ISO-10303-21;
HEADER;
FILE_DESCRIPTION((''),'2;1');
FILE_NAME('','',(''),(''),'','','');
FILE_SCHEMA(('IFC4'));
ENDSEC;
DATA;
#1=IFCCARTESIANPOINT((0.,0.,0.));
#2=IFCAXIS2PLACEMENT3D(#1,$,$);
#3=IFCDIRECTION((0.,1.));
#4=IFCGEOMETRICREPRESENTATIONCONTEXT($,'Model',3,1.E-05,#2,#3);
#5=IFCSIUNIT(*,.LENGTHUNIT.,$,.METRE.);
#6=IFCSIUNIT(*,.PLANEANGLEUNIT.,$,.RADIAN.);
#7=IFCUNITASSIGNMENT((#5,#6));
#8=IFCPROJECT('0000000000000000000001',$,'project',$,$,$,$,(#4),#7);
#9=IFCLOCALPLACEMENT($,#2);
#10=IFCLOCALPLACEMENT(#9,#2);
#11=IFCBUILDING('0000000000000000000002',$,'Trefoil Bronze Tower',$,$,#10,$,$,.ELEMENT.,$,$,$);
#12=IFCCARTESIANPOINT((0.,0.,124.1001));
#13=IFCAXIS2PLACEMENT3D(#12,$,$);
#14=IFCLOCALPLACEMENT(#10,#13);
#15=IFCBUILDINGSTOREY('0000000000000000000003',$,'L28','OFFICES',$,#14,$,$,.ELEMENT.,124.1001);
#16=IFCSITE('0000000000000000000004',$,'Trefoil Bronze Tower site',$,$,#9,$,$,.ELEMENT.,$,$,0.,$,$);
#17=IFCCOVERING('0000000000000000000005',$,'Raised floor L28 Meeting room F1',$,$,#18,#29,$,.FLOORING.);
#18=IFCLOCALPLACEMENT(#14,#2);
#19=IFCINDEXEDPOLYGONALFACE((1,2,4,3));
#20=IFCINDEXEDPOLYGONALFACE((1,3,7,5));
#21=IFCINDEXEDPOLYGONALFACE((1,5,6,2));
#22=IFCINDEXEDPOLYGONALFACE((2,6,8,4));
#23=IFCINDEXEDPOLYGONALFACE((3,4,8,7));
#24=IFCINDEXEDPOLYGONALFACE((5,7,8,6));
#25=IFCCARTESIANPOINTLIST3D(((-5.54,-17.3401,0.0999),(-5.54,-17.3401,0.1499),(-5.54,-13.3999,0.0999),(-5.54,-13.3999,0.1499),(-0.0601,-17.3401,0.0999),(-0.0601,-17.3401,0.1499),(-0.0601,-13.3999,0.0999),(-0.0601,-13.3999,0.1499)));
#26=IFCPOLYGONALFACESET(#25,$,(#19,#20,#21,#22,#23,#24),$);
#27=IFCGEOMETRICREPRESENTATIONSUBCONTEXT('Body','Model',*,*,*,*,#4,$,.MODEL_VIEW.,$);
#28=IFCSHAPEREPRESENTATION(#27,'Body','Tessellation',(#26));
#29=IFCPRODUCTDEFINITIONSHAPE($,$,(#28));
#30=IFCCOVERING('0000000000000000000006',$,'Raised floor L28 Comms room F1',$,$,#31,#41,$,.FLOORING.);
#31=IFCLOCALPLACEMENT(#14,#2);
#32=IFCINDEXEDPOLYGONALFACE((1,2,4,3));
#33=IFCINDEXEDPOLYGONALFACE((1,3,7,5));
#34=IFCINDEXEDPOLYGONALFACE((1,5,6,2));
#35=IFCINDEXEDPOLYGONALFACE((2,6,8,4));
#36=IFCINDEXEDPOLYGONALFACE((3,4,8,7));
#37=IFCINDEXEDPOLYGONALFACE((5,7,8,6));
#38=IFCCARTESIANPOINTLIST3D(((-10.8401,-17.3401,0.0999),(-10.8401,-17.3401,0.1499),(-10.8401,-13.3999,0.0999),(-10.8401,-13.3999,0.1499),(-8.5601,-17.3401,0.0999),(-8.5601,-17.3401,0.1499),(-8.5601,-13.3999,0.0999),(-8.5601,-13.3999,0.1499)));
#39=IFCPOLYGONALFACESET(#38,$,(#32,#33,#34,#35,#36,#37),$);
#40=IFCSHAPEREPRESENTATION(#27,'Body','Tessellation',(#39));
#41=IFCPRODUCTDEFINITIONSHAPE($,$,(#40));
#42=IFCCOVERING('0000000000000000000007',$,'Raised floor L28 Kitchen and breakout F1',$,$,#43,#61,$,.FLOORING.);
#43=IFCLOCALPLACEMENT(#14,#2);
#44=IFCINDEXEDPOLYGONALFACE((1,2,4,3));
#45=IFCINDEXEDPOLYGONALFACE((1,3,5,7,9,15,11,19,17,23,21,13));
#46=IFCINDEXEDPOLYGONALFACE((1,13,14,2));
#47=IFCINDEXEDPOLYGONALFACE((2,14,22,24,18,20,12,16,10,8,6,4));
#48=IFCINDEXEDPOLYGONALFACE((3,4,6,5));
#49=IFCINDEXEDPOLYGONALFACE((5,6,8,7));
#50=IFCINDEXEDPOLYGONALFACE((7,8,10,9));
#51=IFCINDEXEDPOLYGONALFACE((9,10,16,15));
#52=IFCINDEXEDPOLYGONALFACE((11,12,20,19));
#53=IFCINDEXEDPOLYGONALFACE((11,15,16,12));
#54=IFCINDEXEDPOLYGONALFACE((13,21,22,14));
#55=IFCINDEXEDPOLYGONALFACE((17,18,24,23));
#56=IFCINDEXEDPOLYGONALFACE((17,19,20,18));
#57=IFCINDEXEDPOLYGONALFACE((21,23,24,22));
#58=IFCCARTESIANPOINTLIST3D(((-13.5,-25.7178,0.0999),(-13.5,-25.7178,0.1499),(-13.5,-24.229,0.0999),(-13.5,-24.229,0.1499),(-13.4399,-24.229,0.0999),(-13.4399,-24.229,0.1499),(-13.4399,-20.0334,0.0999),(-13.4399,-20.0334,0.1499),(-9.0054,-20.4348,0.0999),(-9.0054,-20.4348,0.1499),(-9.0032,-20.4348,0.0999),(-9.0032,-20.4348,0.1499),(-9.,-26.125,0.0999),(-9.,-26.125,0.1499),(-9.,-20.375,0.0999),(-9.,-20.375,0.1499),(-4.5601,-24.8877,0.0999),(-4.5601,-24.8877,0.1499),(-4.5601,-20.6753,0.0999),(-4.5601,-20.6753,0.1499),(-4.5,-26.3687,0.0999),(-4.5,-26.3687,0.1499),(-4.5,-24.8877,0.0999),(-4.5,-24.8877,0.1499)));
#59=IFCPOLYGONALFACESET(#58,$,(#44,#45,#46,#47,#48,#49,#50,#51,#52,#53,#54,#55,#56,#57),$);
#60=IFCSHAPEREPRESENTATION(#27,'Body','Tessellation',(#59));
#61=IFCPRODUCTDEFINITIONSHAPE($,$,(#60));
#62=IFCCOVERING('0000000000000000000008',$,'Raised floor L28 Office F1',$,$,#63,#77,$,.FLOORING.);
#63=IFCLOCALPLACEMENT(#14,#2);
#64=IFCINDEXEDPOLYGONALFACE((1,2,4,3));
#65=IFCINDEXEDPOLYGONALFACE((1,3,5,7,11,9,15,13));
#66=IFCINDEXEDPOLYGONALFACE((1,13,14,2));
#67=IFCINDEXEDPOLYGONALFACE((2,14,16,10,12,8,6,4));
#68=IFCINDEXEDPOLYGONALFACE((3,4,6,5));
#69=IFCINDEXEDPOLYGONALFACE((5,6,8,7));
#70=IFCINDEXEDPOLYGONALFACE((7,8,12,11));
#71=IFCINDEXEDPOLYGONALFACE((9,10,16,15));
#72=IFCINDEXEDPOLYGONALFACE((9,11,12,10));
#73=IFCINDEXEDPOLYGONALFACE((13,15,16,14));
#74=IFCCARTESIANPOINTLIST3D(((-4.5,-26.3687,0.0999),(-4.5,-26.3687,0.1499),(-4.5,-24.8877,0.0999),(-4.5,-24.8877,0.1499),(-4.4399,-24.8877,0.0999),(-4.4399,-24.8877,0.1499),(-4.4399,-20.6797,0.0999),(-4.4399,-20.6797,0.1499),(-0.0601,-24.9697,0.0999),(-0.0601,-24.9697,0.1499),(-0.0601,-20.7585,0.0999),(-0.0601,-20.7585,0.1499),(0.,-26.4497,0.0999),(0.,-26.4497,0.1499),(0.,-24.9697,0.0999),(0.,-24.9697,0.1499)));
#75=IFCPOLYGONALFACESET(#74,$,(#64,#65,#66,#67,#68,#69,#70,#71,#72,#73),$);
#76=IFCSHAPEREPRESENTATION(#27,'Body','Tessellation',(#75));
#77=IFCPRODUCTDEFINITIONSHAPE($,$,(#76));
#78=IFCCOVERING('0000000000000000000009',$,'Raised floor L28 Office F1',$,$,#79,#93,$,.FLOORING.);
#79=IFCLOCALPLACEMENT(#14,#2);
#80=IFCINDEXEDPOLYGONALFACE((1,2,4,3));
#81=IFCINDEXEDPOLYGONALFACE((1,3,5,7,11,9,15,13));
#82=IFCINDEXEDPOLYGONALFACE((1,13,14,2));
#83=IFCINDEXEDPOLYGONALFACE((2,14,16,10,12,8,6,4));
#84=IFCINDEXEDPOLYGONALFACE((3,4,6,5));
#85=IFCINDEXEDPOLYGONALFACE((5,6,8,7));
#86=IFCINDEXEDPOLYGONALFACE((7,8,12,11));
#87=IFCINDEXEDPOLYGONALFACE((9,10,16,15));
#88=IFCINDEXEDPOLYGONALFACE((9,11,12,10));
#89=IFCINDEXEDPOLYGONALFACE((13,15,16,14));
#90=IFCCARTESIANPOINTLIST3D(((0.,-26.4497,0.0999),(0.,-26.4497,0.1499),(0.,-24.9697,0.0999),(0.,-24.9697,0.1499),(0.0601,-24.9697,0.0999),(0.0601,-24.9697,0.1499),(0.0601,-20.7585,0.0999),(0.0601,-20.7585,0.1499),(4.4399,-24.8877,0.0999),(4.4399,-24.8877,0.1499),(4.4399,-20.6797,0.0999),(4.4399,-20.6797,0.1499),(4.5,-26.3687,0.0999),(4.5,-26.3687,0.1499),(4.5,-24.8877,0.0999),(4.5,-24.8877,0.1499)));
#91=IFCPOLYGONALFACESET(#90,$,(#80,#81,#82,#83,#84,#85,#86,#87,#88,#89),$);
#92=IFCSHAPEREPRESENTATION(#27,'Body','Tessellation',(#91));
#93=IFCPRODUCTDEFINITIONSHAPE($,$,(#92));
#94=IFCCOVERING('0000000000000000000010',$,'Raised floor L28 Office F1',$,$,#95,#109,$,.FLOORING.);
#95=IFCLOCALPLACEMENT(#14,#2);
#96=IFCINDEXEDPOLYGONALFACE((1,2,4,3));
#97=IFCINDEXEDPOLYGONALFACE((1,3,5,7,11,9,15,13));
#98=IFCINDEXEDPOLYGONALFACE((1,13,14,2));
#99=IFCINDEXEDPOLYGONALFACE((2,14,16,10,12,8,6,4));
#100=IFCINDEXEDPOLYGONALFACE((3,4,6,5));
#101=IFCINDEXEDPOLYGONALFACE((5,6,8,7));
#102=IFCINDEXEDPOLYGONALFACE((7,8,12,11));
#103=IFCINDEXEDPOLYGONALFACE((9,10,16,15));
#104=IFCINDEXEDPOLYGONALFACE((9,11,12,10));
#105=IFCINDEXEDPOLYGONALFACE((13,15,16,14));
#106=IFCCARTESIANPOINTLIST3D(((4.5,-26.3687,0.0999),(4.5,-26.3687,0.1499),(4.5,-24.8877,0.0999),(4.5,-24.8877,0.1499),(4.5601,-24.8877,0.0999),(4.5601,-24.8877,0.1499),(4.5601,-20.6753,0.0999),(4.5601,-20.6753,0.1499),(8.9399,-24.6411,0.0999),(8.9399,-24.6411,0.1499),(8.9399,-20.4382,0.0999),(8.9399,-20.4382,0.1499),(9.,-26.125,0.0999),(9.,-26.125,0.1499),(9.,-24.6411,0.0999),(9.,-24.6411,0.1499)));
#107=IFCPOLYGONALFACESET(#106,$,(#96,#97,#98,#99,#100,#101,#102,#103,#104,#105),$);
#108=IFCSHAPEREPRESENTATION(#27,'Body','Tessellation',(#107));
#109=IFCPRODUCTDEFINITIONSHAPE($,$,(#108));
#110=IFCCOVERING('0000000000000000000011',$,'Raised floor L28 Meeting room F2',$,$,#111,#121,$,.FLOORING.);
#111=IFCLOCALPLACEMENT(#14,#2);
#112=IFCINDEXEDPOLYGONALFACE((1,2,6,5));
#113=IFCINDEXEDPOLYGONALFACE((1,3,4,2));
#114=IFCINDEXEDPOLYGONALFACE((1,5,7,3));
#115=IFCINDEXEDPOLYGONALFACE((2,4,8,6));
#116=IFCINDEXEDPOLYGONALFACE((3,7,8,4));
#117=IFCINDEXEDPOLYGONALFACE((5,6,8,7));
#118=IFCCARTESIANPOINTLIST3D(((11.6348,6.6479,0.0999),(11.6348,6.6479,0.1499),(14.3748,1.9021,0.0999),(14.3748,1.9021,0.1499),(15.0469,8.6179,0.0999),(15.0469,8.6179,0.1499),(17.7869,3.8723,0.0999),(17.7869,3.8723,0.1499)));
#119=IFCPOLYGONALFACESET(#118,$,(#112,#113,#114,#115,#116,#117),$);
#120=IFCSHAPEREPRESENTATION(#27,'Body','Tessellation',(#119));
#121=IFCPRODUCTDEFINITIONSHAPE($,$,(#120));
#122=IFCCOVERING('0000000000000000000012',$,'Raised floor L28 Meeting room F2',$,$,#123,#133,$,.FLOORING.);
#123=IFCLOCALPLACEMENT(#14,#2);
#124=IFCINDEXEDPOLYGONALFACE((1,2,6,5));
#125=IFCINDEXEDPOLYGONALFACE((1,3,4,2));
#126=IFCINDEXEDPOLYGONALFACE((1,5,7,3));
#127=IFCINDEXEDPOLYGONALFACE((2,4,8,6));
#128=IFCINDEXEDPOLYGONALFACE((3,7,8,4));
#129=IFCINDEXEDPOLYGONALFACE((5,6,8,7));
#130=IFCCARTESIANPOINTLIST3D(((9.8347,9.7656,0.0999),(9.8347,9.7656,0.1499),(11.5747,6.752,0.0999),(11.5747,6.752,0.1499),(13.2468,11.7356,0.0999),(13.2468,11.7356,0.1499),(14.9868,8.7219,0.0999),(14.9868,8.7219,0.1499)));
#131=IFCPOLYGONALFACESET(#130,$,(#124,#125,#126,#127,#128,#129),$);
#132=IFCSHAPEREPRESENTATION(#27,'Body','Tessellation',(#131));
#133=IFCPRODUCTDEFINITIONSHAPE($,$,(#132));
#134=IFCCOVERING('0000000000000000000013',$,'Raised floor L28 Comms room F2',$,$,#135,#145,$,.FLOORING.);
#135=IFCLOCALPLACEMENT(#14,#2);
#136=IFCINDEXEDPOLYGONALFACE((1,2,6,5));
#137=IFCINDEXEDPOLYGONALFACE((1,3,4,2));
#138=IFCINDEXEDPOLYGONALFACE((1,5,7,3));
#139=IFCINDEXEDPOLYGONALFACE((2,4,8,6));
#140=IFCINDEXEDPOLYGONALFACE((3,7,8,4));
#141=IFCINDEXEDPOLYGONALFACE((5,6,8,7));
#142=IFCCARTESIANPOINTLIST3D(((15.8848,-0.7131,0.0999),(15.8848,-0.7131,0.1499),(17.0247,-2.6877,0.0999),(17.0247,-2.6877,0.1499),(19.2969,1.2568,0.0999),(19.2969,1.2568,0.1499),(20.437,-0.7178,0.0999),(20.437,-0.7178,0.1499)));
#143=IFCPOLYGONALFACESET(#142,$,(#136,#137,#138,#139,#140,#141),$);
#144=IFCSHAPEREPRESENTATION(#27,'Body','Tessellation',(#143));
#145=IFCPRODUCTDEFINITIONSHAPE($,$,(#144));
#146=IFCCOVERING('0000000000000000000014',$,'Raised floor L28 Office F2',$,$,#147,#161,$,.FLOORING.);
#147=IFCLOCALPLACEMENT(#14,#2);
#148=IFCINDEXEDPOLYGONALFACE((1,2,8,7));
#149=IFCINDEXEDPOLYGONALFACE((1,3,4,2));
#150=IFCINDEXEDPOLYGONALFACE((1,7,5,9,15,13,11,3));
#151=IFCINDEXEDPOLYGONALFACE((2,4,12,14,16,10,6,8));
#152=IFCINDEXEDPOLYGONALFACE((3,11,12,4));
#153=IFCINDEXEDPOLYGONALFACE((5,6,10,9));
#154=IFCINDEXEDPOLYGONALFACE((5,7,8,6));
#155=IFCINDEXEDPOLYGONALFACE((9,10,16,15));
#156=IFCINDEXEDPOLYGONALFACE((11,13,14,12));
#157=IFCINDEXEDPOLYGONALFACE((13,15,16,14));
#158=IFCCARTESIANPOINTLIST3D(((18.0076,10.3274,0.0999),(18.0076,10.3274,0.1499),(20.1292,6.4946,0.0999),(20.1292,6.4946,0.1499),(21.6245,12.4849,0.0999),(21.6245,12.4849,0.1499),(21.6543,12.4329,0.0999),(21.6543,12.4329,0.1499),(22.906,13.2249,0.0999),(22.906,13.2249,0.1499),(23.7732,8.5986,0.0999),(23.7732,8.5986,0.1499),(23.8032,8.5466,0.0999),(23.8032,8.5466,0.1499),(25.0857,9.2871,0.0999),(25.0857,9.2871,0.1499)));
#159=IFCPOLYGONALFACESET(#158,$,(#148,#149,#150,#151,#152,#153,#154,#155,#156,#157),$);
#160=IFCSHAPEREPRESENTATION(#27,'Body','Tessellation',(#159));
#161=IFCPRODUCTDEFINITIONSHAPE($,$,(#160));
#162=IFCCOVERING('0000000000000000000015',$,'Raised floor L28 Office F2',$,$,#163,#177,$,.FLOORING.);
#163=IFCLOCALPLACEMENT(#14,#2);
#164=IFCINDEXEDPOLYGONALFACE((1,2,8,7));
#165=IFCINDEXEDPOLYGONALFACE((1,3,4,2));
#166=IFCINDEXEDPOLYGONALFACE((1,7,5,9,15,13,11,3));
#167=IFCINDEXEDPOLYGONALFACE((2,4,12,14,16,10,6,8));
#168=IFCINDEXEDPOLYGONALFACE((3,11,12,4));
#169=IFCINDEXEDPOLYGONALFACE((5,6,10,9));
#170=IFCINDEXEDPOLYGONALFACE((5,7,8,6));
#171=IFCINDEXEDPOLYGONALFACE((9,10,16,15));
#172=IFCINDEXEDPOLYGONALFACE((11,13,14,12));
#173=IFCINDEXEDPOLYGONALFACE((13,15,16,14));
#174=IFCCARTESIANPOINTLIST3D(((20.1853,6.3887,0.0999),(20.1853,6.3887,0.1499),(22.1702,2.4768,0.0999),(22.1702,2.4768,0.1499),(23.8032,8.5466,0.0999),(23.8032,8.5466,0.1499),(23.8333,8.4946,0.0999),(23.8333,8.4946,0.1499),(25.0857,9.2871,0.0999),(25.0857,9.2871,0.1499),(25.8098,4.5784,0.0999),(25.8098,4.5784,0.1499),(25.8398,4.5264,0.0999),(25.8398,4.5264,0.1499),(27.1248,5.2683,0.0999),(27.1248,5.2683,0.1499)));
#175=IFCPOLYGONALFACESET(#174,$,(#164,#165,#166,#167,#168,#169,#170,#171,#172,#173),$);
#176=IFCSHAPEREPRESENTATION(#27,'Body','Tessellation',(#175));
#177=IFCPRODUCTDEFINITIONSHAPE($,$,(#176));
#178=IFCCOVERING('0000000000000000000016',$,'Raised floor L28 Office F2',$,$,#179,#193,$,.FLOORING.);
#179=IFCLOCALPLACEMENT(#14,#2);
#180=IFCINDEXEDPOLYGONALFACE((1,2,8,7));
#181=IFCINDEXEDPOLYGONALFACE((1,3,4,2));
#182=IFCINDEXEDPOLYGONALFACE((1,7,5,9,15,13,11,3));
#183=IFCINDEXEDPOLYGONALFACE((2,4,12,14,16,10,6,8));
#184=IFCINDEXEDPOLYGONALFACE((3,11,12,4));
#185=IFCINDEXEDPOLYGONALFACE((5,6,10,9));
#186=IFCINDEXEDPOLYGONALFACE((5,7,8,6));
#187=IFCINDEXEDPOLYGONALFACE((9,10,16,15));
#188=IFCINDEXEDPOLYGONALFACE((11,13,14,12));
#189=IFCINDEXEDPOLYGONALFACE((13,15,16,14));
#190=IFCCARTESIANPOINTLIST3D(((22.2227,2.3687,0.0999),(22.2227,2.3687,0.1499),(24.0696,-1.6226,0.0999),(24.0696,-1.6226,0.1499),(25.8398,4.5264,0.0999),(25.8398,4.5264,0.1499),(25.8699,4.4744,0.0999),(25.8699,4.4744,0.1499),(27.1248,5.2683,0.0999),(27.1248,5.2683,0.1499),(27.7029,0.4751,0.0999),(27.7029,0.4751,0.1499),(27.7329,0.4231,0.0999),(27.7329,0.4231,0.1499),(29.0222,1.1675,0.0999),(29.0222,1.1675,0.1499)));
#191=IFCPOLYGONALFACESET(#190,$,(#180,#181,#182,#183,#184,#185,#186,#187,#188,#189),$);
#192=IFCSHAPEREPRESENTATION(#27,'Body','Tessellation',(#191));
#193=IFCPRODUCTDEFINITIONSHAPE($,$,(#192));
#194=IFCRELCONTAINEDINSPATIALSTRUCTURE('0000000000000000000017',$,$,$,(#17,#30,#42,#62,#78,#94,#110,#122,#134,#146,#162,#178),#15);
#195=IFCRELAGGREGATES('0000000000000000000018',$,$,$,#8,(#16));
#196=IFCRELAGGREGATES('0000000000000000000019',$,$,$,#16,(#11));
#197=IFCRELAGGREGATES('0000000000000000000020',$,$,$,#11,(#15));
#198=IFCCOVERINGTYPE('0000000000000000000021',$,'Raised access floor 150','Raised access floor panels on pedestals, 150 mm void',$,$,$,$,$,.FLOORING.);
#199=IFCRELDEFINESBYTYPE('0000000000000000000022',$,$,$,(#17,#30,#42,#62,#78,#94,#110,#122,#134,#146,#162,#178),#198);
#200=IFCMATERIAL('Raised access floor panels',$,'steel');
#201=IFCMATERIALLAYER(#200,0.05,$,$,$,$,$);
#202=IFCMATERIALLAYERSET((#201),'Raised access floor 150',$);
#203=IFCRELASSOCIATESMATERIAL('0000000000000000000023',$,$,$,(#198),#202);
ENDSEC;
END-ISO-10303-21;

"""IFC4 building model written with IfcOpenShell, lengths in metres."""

from ifc_helpers import new_model, si_unit, direction, frame, origin, place, context, subcontext, project, spatial, polyline, outline, extrude, material, layer, layer_set, type_object, element, save


model = new_model("IFC4")

# Units and contexts
model_context = context("Model", 3, precision=1e-05, world=origin(), true_north=direction((0.0, 1.0)))
body_context = subcontext(model_context, "Body", "Model", "MODEL_VIEW")
ifc_project = project(units=[si_unit("LENGTHUNIT", "METRE"), si_unit("PLANEANGLEUNIT", "RADIAN")], contexts=[model_context])

# Site, building, storey
site_placement = place(None, origin())
site = spatial("IfcSite", under=ifc_project, at=site_placement, Name="Trefoil Bronze Tower site", CompositionType="ELEMENT", RefElevation=0.0)
building_placement = place(site_placement, origin())
building = spatial("IfcBuilding", under=site, at=building_placement, Name="Trefoil Bronze Tower", CompositionType="ELEMENT")
storey_placement = place(building_placement, frame((0.0, 0.0, 124.1001)))
storey = spatial("IfcBuildingStorey", under=building, at=storey_placement, Name="L28", Description="OFFICES", CompositionType="ELEMENT", Elevation=124.1001)

# Coverings
ifc_material_1 = material(Name="Raised access floor panels", Category="steel")
ifc_layer_1 = layer(ifc_material_1, 0.05)
ifc_layer_set_1 = layer_set([ifc_layer_1], Name="Raised access floor 150")
covering_type_1 = type_object("IfcCoveringType", Name="Raised access floor 150", Description="Raised access floor panels on pedestals, 150 mm void", PredefinedType="FLOORING", material=ifc_layer_set_1)
covering_1_placement = place(storey_placement, frame((0.0, 0.0, 0.0999)))
element("IfcCovering", 1, at=covering_1_placement, inside=storey, type_object=covering_type_1, Name="Raised floor L28 Meeting room F1", PredefinedType="FLOORING", context=body_context, shape_type="SweptSolid", body=[
    extrude(outline(polyline([(-0.0601, -13.3999), (-0.0601, -17.3401), (-5.54, -17.3401), (-5.54, -13.3999), (-0.0601, -13.3999)])), origin(), (0.0, 0.0, 1.0), 0.05),
])
covering_2_placement = place(storey_placement, frame((0.0, 0.0, 0.0999)))
element("IfcCovering", 2, at=covering_2_placement, inside=storey, type_object=covering_type_1, Name="Raised floor L28 Comms room F1", PredefinedType="FLOORING", context=body_context, shape_type="SweptSolid", body=[
    extrude(outline(polyline([(-8.5601, -13.3999), (-8.5601, -17.3401), (-10.8401, -17.3401), (-10.8401, -13.3999), (-8.5601, -13.3999)])), origin(), (0.0, 0.0, 1.0), 0.05),
])
covering_3_placement = place(storey_placement, frame((0.0, 0.0, 0.0999)))
element("IfcCovering", 3, at=covering_3_placement, inside=storey, type_object=covering_type_1, Name="Raised floor L28 Kitchen and breakout F1", PredefinedType="FLOORING", context=body_context, shape_type="SweptSolid", body=[
    extrude(outline(polyline([(-9.0, -26.125), (-13.5, -25.7178), (-13.5, -24.229), (-13.4399, -24.229), (-13.4399, -20.0334), (-9.0054, -20.4348), (-9.0, -20.375), (-9.0032, -20.4348), (-4.5601, -20.6753), (-4.5601, -24.8877), (-4.5, -24.8877), (-4.5, -26.3687), (-9.0, -26.125)])), origin(), (0.0, 0.0, 1.0), 0.05),
])
covering_4_placement = place(storey_placement, frame((0.0, 0.0, 0.0999)))
element("IfcCovering", 4, at=covering_4_placement, inside=storey, type_object=covering_type_1, Name="Raised floor L28 Office F1", PredefinedType="FLOORING", context=body_context, shape_type="SweptSolid", body=[
    extrude(outline(polyline([(0.0, -26.4497), (-4.5, -26.3687), (-4.5, -24.8877), (-4.4399, -24.8877), (-4.4399, -20.6797), (-0.0601, -20.7585), (-0.0601, -24.9697), (0.0, -24.9697), (0.0, -26.4497)])), origin(), (0.0, 0.0, 1.0), 0.05),
])
covering_5_placement = place(storey_placement, frame((0.0, 0.0, 0.0999)))
element("IfcCovering", 5, at=covering_5_placement, inside=storey, type_object=covering_type_1, Name="Raised floor L28 Office F1", PredefinedType="FLOORING", context=body_context, shape_type="SweptSolid", body=[
    extrude(outline(polyline([(4.5, -26.3687), (0.0, -26.4497), (0.0, -24.9697), (0.0601, -24.9697), (0.0601, -20.7585), (4.4399, -20.6797), (4.4399, -24.8877), (4.5, -24.8877), (4.5, -26.3687)])), origin(), (0.0, 0.0, 1.0), 0.05),
])
covering_6_placement = place(storey_placement, frame((0.0, 0.0, 0.0999)))
element("IfcCovering", 6, at=covering_6_placement, inside=storey, type_object=covering_type_1, Name="Raised floor L28 Office F1", PredefinedType="FLOORING", context=body_context, shape_type="SweptSolid", body=[
    extrude(outline(polyline([(9.0, -26.125), (4.5, -26.3687), (4.5, -24.8877), (4.5601, -24.8877), (4.5601, -20.6753), (8.9399, -20.4382), (8.9399, -24.6411), (9.0, -24.6411), (9.0, -26.125)])), origin(), (0.0, 0.0, 1.0), 0.05),
])
covering_7_placement = place(storey_placement, frame((0.0, 0.0, 0.0999)))
element("IfcCovering", 7, at=covering_7_placement, inside=storey, type_object=covering_type_1, Name="Raised floor L28 Meeting room F2", PredefinedType="FLOORING", context=body_context, shape_type="SweptSolid", body=[
    extrude(outline(polyline([(11.6348, 6.6479), (15.0469, 8.6179), (17.7869, 3.8723), (14.3748, 1.9021), (11.6348, 6.6479)])), origin(), (0.0, 0.0, 1.0), 0.05),
])
covering_8_placement = place(storey_placement, frame((0.0, 0.0, 0.0999)))
element("IfcCovering", 8, at=covering_8_placement, inside=storey, type_object=covering_type_1, Name="Raised floor L28 Meeting room F2", PredefinedType="FLOORING", context=body_context, shape_type="SweptSolid", body=[
    extrude(outline(polyline([(9.8347, 9.7656), (13.2468, 11.7356), (14.9868, 8.7219), (11.5747, 6.752), (9.8347, 9.7656)])), origin(), (0.0, 0.0, 1.0), 0.05),
])
covering_9_placement = place(storey_placement, frame((0.0, 0.0, 0.0999)))
element("IfcCovering", 9, at=covering_9_placement, inside=storey, type_object=covering_type_1, Name="Raised floor L28 Comms room F2", PredefinedType="FLOORING", context=body_context, shape_type="SweptSolid", body=[
    extrude(outline(polyline([(15.8848, -0.7131), (19.2969, 1.2568), (20.437, -0.7178), (17.0247, -2.6877), (15.8848, -0.7131)])), origin(), (0.0, 0.0, 1.0), 0.05),
])
covering_10_placement = place(storey_placement, frame((0.0, 0.0, 0.0999)))
element("IfcCovering", 10, at=covering_10_placement, inside=storey, type_object=covering_type_1, Name="Raised floor L28 Office F2", PredefinedType="FLOORING", context=body_context, shape_type="SweptSolid", body=[
    extrude(outline(polyline([(22.906, 13.2249), (25.0857, 9.2871), (23.8032, 8.5466), (23.7732, 8.5986), (20.1292, 6.4946), (18.0076, 10.3274), (21.6543, 12.4329), (21.6245, 12.4849), (22.906, 13.2249)])), origin(), (0.0, 0.0, 1.0), 0.05),
])
covering_11_placement = place(storey_placement, frame((0.0, 0.0, 0.0999)))
element("IfcCovering", 11, at=covering_11_placement, inside=storey, type_object=covering_type_1, Name="Raised floor L28 Office F2", PredefinedType="FLOORING", context=body_context, shape_type="SweptSolid", body=[
    extrude(outline(polyline([(25.0857, 9.2871), (27.1248, 5.2683), (25.8398, 4.5264), (25.8098, 4.5784), (22.1702, 2.4768), (20.1853, 6.3887), (23.8333, 8.4946), (23.8032, 8.5466), (25.0857, 9.2871)])), origin(), (0.0, 0.0, 1.0), 0.05),
])
covering_12_placement = place(storey_placement, frame((0.0, 0.0, 0.0999)))
element("IfcCovering", 12, at=covering_12_placement, inside=storey, type_object=covering_type_1, Name="Raised floor L28 Office F2", PredefinedType="FLOORING", context=body_context, shape_type="SweptSolid", body=[
    extrude(outline(polyline([(27.1248, 5.2683), (29.0222, 1.1675), (27.7329, 0.4231), (27.7029, 0.4751), (24.0696, -1.6226), (22.2227, 2.3687), (25.8699, 4.4744), (25.8398, 4.5264), (27.1248, 5.2683)])), origin(), (0.0, 0.0, 1.0), 0.05),
])

save(model, "model.ifc")
